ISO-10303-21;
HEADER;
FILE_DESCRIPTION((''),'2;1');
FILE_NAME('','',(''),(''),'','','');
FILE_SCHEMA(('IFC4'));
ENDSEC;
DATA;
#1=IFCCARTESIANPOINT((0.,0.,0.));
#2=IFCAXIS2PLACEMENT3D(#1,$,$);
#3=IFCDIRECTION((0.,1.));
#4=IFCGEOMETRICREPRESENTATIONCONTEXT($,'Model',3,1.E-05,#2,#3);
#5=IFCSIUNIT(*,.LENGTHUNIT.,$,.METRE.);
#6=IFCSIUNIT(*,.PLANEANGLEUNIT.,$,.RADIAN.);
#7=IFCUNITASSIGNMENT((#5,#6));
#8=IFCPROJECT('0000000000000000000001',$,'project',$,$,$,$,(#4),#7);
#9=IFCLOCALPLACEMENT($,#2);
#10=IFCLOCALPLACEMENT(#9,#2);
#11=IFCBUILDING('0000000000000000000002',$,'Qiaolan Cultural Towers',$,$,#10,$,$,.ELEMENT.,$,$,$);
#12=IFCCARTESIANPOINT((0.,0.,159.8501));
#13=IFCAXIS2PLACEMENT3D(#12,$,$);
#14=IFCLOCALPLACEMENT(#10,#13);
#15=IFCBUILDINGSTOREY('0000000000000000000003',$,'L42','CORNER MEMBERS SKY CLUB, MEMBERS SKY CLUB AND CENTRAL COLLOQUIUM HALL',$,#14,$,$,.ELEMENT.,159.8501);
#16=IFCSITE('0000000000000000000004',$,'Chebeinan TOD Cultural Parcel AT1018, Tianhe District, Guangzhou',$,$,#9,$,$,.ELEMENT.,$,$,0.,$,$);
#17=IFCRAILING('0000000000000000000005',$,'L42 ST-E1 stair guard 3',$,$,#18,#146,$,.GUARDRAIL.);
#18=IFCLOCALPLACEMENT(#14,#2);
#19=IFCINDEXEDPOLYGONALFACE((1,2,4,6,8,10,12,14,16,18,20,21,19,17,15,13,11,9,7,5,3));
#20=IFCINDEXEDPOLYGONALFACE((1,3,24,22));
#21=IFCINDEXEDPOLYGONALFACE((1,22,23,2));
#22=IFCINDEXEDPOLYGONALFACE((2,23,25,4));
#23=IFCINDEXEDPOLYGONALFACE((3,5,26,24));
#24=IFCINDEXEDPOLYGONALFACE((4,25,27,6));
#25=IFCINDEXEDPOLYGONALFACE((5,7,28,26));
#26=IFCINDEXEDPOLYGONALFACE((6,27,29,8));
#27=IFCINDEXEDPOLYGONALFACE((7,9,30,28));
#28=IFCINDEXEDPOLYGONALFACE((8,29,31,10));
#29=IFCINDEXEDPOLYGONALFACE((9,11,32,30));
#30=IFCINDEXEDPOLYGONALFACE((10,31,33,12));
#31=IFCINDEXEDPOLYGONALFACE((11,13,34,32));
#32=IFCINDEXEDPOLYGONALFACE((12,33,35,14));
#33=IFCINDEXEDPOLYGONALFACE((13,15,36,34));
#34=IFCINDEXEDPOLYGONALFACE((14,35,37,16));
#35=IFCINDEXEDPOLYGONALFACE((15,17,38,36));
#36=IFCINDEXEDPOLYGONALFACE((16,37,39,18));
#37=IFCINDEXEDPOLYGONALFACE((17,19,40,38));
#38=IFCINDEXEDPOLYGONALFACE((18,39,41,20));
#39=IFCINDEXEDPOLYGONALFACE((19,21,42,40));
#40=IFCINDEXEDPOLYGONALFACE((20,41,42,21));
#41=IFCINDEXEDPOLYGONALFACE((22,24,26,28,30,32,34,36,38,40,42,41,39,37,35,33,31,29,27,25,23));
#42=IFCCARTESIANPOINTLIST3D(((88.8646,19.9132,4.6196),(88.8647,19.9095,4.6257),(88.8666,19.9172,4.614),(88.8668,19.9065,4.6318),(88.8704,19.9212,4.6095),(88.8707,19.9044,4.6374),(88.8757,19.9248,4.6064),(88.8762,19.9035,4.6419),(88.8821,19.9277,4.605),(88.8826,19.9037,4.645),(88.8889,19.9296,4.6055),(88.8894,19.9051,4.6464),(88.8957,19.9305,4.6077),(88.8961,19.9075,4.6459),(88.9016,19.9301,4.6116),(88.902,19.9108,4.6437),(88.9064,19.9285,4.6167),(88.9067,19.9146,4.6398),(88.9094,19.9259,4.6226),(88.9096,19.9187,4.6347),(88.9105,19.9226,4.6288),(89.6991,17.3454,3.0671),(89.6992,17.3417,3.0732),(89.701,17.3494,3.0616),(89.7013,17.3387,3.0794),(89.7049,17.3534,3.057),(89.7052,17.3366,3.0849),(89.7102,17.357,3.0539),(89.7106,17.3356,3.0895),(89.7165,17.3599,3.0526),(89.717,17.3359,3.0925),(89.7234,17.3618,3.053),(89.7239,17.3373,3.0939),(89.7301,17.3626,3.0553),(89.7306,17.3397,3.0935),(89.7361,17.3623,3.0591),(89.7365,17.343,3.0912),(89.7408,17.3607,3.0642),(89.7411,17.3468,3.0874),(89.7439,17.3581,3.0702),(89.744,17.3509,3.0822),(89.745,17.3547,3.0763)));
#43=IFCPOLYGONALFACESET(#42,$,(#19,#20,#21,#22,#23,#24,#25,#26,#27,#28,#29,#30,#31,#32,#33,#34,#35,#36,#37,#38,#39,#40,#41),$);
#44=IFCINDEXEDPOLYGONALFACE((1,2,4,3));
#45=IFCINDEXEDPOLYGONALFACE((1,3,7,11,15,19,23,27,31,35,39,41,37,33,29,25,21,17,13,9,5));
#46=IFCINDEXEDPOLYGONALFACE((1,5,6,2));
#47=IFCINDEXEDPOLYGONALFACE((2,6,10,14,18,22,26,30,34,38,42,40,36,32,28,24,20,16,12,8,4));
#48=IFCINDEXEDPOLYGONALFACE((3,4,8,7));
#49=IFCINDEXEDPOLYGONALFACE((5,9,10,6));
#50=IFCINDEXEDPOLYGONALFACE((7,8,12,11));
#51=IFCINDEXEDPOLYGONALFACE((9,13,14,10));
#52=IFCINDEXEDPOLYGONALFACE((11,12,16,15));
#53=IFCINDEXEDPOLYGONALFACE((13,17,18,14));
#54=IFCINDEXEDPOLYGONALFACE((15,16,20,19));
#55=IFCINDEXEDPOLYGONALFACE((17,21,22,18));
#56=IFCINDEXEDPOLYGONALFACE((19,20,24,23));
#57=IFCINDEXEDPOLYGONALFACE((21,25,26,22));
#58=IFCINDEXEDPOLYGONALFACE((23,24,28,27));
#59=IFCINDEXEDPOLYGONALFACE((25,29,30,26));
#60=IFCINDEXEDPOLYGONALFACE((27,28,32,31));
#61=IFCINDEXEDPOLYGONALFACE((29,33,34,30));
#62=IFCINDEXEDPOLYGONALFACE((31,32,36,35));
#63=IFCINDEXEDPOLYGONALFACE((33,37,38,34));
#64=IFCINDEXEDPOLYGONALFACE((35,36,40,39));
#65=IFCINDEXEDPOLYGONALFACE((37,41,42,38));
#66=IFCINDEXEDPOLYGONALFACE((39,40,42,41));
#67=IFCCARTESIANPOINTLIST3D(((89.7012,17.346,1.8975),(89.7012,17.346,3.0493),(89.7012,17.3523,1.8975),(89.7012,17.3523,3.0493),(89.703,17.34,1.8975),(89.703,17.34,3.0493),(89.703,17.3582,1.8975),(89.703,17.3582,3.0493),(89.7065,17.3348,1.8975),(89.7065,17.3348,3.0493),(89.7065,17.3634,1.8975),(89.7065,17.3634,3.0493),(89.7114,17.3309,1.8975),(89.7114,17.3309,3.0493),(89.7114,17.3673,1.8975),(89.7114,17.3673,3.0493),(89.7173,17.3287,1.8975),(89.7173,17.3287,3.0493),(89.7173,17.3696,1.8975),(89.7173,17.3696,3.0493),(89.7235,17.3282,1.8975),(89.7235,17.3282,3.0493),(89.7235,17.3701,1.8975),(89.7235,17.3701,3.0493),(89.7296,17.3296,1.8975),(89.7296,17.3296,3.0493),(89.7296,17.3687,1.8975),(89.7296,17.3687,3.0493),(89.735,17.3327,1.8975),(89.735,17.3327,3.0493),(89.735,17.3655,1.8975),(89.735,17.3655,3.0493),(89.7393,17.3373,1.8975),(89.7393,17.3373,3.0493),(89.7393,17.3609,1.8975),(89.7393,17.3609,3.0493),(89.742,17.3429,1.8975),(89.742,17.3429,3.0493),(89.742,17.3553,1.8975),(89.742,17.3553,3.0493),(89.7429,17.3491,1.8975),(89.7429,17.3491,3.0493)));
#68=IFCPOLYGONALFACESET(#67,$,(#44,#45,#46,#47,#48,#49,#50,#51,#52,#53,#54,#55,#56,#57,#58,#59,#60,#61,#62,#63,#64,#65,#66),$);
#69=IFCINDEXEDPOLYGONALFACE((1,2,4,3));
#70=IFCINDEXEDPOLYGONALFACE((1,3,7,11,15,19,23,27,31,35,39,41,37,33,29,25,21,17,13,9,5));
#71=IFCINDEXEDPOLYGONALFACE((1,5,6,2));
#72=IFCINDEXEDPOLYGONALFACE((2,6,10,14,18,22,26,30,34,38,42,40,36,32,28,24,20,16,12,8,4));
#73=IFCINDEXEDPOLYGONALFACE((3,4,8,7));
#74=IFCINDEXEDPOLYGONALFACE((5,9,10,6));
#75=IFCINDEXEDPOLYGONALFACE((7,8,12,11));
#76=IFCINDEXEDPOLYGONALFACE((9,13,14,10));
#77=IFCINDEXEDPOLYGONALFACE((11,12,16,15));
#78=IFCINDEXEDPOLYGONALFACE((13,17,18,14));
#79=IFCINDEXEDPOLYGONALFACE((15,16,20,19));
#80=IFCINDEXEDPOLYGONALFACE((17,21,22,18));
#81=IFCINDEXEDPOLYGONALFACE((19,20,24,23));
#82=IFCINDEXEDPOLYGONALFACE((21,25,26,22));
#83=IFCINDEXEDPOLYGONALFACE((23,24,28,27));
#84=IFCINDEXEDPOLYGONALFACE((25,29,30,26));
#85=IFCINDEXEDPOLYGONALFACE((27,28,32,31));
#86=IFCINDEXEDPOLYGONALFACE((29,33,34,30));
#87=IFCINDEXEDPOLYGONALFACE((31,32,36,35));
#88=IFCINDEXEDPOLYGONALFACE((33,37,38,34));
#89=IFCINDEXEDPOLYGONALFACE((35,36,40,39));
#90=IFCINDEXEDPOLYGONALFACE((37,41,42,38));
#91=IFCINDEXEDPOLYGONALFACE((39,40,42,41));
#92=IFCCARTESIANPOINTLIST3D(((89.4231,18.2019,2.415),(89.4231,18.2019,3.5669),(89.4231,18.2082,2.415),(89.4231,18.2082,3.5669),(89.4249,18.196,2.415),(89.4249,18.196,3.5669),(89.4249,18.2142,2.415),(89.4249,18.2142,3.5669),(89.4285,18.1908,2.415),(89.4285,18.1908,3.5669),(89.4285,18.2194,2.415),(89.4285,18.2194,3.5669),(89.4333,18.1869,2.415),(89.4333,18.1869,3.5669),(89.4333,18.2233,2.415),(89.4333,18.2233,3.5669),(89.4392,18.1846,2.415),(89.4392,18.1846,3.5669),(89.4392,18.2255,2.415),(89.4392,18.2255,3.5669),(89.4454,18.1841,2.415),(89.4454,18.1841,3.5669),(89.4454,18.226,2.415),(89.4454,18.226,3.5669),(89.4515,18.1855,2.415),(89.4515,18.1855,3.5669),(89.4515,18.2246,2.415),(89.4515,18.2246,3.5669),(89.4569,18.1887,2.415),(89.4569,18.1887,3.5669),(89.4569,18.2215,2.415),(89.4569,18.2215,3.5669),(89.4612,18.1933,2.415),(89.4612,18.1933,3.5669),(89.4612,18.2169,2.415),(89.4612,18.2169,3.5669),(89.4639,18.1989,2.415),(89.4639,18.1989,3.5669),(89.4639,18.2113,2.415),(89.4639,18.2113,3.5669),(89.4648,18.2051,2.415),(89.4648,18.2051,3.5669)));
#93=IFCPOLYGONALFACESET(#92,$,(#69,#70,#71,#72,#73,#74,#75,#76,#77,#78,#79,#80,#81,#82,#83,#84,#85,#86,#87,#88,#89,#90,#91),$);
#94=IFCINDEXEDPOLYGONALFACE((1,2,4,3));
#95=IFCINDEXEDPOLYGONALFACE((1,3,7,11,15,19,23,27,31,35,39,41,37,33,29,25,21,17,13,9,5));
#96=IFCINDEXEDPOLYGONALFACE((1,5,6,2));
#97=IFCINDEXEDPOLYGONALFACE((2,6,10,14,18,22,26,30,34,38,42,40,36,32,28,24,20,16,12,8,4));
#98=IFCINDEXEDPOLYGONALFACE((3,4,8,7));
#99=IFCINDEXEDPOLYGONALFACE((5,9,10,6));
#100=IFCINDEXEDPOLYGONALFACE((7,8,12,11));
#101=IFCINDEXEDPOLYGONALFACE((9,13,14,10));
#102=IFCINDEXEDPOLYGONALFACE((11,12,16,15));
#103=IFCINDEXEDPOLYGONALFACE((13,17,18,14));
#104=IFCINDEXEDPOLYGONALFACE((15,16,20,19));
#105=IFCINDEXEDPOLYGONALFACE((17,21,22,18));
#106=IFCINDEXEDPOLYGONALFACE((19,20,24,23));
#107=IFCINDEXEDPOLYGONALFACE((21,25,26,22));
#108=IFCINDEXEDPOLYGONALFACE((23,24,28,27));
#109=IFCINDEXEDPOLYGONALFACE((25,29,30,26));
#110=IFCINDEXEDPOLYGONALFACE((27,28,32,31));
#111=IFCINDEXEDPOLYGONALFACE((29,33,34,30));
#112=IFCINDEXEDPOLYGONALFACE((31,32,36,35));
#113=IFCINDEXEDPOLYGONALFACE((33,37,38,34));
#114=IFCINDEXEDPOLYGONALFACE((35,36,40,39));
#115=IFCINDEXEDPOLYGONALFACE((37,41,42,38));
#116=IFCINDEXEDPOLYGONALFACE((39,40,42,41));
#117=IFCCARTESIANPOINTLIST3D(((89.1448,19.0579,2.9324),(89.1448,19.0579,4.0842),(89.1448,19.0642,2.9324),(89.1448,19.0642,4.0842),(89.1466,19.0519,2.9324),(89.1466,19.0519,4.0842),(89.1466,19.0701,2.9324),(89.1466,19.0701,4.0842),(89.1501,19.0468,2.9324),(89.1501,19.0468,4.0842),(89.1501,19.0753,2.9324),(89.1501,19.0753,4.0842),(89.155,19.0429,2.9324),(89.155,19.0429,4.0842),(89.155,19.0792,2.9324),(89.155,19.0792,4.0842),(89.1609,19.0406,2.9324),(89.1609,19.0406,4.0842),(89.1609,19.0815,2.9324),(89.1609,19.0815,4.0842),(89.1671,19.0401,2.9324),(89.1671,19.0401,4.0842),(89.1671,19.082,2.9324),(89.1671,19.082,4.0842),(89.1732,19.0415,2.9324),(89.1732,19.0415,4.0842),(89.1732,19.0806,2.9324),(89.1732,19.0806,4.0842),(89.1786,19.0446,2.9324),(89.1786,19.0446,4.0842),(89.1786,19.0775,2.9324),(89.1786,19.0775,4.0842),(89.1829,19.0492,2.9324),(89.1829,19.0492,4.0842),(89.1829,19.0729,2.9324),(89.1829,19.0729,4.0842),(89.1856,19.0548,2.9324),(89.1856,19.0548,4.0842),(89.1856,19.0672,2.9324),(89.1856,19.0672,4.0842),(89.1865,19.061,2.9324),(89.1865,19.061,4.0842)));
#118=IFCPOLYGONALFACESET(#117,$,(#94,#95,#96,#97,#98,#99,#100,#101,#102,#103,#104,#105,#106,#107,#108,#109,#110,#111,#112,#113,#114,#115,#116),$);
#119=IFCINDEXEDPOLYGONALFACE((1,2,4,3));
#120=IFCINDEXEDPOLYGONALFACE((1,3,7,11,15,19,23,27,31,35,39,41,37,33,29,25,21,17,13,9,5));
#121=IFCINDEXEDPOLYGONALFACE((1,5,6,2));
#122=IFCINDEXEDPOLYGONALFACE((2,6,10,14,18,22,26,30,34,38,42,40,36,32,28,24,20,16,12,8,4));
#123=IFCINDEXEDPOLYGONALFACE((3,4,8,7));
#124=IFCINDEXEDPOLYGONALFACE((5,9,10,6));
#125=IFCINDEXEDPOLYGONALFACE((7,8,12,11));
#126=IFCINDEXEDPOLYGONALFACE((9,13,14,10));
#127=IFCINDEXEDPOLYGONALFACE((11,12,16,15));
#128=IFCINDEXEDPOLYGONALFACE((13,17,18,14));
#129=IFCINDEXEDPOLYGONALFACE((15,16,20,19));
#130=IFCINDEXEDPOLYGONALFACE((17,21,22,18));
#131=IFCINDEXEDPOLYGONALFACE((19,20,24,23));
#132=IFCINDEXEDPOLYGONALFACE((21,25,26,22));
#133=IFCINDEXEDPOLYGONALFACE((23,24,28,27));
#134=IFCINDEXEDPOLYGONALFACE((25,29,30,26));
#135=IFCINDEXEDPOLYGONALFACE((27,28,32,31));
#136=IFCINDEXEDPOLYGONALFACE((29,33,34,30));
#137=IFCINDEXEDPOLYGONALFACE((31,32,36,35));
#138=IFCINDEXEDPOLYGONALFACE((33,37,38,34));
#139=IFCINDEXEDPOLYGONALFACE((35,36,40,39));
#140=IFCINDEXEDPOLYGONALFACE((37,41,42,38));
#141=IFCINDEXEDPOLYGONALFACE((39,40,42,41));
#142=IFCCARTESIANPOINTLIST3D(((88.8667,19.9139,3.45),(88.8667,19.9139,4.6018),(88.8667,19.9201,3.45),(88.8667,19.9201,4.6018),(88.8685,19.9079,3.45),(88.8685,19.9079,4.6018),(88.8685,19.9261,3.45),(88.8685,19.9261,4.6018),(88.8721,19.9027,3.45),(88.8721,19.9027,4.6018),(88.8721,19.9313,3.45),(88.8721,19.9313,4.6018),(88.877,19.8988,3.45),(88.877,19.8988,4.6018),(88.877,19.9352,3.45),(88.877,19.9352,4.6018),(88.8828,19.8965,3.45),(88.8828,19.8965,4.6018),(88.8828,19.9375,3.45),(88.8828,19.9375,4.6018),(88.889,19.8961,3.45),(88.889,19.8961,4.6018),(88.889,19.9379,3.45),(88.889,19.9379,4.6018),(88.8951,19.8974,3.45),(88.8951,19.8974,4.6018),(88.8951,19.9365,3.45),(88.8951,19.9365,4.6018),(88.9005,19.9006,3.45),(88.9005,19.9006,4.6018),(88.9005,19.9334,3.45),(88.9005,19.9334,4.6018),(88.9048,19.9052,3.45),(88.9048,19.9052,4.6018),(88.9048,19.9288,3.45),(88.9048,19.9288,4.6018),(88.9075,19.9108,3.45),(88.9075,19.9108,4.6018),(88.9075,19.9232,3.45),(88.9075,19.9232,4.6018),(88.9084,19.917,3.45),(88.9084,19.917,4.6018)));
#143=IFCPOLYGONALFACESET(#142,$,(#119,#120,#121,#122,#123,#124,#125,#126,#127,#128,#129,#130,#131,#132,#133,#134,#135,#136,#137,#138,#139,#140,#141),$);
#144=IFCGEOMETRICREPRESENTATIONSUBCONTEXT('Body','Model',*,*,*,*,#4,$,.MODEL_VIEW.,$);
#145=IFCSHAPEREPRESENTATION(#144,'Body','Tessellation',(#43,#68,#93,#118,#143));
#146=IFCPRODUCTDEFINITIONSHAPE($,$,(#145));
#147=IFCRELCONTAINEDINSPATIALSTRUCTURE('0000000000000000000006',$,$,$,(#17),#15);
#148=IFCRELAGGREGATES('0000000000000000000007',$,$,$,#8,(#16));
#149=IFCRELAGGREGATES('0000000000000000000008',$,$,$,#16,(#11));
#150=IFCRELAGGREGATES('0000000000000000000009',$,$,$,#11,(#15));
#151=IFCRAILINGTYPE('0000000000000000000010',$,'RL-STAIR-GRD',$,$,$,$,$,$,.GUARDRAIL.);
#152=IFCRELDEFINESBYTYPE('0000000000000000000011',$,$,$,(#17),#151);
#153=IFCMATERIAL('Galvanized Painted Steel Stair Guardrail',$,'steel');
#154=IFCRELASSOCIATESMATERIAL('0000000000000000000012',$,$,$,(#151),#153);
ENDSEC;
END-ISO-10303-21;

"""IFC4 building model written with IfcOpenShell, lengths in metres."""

from ifc_helpers import new_model, si_unit, direction, frame, origin, origin_2d, place, context, subcontext, project, spatial, circle, extrude, material, type_object, element, save


model = new_model("IFC4")

# Units and contexts
model_context = context("Model", 3, precision=1e-05, world=origin(), true_north=direction((0.0, 1.0)))
body_context = subcontext(model_context, "Body", "Model", "MODEL_VIEW")
ifc_project = project(units=[si_unit("LENGTHUNIT", "METRE"), si_unit("PLANEANGLEUNIT", "RADIAN")], contexts=[model_context])

# Site, building, storey
site_placement = place(None, origin())
site = spatial("IfcSite", under=ifc_project, at=site_placement, Name="Chebeinan TOD Cultural Parcel AT1018, Tianhe District, Guangzhou", CompositionType="ELEMENT", RefElevation=0.0)
building_placement = place(site_placement, origin())
building = spatial("IfcBuilding", under=site, at=building_placement, Name="Qiaolan Cultural Towers", CompositionType="ELEMENT")
storey_placement = place(building_placement, frame((0.0, 0.0, 159.8501)))
storey = spatial("IfcBuildingStorey", under=building, at=storey_placement, Name="L42", Description="CORNER MEMBERS SKY CLUB, MEMBERS SKY CLUB AND CENTRAL COLLOQUIUM HALL", CompositionType="ELEMENT", Elevation=159.8501)

# Railing
ifc_material_1 = material(Name="Galvanized Painted Steel Stair Guardrail", Category="steel")
railing_type_1 = type_object("IfcRailingType", Name="RL-STAIR-GRD", PredefinedType="GUARDRAIL", material=ifc_material_1)
railing_1_placement = place(storey_placement, frame((89.7219, 17.3491, 1.8975)))
element("IfcRailing", 1, at=railing_1_placement, inside=storey, type_object=railing_type_1, Name="L42 ST-E1 stair guard 3", PredefinedType="GUARDRAIL", context=body_context, shape_type="SweptSolid", body=[
    extrude(circle(Radius=0.0239, at=origin_2d()), frame((0.0, 0.0, 1.1758), z_axis=(-0.267926, 0.824471, 0.498461), x_axis=(-0.951043, -0.309057, 0.0)), (0.0, 0.0, 1.0), 3.1145),
    extrude(circle(Radius=0.021, at=origin_2d()), origin(), (0.0, 0.0, 1.0), 1.1519),
    extrude(circle(Radius=0.021, at=origin_2d()), frame((-0.2781, 0.856, 0.5176)), (0.0, 0.0, 1.0), 1.1519),
    extrude(circle(Radius=0.021, at=origin_2d()), frame((-0.5564, 1.7119, 1.0349)), (0.0, 0.0, 1.0), 1.1519),
    extrude(circle(Radius=0.021, at=origin_2d()), frame((-0.8345, 2.5679, 1.5525)), (0.0, 0.0, 1.0), 1.1519),
])

save(model, "model.ifc")
